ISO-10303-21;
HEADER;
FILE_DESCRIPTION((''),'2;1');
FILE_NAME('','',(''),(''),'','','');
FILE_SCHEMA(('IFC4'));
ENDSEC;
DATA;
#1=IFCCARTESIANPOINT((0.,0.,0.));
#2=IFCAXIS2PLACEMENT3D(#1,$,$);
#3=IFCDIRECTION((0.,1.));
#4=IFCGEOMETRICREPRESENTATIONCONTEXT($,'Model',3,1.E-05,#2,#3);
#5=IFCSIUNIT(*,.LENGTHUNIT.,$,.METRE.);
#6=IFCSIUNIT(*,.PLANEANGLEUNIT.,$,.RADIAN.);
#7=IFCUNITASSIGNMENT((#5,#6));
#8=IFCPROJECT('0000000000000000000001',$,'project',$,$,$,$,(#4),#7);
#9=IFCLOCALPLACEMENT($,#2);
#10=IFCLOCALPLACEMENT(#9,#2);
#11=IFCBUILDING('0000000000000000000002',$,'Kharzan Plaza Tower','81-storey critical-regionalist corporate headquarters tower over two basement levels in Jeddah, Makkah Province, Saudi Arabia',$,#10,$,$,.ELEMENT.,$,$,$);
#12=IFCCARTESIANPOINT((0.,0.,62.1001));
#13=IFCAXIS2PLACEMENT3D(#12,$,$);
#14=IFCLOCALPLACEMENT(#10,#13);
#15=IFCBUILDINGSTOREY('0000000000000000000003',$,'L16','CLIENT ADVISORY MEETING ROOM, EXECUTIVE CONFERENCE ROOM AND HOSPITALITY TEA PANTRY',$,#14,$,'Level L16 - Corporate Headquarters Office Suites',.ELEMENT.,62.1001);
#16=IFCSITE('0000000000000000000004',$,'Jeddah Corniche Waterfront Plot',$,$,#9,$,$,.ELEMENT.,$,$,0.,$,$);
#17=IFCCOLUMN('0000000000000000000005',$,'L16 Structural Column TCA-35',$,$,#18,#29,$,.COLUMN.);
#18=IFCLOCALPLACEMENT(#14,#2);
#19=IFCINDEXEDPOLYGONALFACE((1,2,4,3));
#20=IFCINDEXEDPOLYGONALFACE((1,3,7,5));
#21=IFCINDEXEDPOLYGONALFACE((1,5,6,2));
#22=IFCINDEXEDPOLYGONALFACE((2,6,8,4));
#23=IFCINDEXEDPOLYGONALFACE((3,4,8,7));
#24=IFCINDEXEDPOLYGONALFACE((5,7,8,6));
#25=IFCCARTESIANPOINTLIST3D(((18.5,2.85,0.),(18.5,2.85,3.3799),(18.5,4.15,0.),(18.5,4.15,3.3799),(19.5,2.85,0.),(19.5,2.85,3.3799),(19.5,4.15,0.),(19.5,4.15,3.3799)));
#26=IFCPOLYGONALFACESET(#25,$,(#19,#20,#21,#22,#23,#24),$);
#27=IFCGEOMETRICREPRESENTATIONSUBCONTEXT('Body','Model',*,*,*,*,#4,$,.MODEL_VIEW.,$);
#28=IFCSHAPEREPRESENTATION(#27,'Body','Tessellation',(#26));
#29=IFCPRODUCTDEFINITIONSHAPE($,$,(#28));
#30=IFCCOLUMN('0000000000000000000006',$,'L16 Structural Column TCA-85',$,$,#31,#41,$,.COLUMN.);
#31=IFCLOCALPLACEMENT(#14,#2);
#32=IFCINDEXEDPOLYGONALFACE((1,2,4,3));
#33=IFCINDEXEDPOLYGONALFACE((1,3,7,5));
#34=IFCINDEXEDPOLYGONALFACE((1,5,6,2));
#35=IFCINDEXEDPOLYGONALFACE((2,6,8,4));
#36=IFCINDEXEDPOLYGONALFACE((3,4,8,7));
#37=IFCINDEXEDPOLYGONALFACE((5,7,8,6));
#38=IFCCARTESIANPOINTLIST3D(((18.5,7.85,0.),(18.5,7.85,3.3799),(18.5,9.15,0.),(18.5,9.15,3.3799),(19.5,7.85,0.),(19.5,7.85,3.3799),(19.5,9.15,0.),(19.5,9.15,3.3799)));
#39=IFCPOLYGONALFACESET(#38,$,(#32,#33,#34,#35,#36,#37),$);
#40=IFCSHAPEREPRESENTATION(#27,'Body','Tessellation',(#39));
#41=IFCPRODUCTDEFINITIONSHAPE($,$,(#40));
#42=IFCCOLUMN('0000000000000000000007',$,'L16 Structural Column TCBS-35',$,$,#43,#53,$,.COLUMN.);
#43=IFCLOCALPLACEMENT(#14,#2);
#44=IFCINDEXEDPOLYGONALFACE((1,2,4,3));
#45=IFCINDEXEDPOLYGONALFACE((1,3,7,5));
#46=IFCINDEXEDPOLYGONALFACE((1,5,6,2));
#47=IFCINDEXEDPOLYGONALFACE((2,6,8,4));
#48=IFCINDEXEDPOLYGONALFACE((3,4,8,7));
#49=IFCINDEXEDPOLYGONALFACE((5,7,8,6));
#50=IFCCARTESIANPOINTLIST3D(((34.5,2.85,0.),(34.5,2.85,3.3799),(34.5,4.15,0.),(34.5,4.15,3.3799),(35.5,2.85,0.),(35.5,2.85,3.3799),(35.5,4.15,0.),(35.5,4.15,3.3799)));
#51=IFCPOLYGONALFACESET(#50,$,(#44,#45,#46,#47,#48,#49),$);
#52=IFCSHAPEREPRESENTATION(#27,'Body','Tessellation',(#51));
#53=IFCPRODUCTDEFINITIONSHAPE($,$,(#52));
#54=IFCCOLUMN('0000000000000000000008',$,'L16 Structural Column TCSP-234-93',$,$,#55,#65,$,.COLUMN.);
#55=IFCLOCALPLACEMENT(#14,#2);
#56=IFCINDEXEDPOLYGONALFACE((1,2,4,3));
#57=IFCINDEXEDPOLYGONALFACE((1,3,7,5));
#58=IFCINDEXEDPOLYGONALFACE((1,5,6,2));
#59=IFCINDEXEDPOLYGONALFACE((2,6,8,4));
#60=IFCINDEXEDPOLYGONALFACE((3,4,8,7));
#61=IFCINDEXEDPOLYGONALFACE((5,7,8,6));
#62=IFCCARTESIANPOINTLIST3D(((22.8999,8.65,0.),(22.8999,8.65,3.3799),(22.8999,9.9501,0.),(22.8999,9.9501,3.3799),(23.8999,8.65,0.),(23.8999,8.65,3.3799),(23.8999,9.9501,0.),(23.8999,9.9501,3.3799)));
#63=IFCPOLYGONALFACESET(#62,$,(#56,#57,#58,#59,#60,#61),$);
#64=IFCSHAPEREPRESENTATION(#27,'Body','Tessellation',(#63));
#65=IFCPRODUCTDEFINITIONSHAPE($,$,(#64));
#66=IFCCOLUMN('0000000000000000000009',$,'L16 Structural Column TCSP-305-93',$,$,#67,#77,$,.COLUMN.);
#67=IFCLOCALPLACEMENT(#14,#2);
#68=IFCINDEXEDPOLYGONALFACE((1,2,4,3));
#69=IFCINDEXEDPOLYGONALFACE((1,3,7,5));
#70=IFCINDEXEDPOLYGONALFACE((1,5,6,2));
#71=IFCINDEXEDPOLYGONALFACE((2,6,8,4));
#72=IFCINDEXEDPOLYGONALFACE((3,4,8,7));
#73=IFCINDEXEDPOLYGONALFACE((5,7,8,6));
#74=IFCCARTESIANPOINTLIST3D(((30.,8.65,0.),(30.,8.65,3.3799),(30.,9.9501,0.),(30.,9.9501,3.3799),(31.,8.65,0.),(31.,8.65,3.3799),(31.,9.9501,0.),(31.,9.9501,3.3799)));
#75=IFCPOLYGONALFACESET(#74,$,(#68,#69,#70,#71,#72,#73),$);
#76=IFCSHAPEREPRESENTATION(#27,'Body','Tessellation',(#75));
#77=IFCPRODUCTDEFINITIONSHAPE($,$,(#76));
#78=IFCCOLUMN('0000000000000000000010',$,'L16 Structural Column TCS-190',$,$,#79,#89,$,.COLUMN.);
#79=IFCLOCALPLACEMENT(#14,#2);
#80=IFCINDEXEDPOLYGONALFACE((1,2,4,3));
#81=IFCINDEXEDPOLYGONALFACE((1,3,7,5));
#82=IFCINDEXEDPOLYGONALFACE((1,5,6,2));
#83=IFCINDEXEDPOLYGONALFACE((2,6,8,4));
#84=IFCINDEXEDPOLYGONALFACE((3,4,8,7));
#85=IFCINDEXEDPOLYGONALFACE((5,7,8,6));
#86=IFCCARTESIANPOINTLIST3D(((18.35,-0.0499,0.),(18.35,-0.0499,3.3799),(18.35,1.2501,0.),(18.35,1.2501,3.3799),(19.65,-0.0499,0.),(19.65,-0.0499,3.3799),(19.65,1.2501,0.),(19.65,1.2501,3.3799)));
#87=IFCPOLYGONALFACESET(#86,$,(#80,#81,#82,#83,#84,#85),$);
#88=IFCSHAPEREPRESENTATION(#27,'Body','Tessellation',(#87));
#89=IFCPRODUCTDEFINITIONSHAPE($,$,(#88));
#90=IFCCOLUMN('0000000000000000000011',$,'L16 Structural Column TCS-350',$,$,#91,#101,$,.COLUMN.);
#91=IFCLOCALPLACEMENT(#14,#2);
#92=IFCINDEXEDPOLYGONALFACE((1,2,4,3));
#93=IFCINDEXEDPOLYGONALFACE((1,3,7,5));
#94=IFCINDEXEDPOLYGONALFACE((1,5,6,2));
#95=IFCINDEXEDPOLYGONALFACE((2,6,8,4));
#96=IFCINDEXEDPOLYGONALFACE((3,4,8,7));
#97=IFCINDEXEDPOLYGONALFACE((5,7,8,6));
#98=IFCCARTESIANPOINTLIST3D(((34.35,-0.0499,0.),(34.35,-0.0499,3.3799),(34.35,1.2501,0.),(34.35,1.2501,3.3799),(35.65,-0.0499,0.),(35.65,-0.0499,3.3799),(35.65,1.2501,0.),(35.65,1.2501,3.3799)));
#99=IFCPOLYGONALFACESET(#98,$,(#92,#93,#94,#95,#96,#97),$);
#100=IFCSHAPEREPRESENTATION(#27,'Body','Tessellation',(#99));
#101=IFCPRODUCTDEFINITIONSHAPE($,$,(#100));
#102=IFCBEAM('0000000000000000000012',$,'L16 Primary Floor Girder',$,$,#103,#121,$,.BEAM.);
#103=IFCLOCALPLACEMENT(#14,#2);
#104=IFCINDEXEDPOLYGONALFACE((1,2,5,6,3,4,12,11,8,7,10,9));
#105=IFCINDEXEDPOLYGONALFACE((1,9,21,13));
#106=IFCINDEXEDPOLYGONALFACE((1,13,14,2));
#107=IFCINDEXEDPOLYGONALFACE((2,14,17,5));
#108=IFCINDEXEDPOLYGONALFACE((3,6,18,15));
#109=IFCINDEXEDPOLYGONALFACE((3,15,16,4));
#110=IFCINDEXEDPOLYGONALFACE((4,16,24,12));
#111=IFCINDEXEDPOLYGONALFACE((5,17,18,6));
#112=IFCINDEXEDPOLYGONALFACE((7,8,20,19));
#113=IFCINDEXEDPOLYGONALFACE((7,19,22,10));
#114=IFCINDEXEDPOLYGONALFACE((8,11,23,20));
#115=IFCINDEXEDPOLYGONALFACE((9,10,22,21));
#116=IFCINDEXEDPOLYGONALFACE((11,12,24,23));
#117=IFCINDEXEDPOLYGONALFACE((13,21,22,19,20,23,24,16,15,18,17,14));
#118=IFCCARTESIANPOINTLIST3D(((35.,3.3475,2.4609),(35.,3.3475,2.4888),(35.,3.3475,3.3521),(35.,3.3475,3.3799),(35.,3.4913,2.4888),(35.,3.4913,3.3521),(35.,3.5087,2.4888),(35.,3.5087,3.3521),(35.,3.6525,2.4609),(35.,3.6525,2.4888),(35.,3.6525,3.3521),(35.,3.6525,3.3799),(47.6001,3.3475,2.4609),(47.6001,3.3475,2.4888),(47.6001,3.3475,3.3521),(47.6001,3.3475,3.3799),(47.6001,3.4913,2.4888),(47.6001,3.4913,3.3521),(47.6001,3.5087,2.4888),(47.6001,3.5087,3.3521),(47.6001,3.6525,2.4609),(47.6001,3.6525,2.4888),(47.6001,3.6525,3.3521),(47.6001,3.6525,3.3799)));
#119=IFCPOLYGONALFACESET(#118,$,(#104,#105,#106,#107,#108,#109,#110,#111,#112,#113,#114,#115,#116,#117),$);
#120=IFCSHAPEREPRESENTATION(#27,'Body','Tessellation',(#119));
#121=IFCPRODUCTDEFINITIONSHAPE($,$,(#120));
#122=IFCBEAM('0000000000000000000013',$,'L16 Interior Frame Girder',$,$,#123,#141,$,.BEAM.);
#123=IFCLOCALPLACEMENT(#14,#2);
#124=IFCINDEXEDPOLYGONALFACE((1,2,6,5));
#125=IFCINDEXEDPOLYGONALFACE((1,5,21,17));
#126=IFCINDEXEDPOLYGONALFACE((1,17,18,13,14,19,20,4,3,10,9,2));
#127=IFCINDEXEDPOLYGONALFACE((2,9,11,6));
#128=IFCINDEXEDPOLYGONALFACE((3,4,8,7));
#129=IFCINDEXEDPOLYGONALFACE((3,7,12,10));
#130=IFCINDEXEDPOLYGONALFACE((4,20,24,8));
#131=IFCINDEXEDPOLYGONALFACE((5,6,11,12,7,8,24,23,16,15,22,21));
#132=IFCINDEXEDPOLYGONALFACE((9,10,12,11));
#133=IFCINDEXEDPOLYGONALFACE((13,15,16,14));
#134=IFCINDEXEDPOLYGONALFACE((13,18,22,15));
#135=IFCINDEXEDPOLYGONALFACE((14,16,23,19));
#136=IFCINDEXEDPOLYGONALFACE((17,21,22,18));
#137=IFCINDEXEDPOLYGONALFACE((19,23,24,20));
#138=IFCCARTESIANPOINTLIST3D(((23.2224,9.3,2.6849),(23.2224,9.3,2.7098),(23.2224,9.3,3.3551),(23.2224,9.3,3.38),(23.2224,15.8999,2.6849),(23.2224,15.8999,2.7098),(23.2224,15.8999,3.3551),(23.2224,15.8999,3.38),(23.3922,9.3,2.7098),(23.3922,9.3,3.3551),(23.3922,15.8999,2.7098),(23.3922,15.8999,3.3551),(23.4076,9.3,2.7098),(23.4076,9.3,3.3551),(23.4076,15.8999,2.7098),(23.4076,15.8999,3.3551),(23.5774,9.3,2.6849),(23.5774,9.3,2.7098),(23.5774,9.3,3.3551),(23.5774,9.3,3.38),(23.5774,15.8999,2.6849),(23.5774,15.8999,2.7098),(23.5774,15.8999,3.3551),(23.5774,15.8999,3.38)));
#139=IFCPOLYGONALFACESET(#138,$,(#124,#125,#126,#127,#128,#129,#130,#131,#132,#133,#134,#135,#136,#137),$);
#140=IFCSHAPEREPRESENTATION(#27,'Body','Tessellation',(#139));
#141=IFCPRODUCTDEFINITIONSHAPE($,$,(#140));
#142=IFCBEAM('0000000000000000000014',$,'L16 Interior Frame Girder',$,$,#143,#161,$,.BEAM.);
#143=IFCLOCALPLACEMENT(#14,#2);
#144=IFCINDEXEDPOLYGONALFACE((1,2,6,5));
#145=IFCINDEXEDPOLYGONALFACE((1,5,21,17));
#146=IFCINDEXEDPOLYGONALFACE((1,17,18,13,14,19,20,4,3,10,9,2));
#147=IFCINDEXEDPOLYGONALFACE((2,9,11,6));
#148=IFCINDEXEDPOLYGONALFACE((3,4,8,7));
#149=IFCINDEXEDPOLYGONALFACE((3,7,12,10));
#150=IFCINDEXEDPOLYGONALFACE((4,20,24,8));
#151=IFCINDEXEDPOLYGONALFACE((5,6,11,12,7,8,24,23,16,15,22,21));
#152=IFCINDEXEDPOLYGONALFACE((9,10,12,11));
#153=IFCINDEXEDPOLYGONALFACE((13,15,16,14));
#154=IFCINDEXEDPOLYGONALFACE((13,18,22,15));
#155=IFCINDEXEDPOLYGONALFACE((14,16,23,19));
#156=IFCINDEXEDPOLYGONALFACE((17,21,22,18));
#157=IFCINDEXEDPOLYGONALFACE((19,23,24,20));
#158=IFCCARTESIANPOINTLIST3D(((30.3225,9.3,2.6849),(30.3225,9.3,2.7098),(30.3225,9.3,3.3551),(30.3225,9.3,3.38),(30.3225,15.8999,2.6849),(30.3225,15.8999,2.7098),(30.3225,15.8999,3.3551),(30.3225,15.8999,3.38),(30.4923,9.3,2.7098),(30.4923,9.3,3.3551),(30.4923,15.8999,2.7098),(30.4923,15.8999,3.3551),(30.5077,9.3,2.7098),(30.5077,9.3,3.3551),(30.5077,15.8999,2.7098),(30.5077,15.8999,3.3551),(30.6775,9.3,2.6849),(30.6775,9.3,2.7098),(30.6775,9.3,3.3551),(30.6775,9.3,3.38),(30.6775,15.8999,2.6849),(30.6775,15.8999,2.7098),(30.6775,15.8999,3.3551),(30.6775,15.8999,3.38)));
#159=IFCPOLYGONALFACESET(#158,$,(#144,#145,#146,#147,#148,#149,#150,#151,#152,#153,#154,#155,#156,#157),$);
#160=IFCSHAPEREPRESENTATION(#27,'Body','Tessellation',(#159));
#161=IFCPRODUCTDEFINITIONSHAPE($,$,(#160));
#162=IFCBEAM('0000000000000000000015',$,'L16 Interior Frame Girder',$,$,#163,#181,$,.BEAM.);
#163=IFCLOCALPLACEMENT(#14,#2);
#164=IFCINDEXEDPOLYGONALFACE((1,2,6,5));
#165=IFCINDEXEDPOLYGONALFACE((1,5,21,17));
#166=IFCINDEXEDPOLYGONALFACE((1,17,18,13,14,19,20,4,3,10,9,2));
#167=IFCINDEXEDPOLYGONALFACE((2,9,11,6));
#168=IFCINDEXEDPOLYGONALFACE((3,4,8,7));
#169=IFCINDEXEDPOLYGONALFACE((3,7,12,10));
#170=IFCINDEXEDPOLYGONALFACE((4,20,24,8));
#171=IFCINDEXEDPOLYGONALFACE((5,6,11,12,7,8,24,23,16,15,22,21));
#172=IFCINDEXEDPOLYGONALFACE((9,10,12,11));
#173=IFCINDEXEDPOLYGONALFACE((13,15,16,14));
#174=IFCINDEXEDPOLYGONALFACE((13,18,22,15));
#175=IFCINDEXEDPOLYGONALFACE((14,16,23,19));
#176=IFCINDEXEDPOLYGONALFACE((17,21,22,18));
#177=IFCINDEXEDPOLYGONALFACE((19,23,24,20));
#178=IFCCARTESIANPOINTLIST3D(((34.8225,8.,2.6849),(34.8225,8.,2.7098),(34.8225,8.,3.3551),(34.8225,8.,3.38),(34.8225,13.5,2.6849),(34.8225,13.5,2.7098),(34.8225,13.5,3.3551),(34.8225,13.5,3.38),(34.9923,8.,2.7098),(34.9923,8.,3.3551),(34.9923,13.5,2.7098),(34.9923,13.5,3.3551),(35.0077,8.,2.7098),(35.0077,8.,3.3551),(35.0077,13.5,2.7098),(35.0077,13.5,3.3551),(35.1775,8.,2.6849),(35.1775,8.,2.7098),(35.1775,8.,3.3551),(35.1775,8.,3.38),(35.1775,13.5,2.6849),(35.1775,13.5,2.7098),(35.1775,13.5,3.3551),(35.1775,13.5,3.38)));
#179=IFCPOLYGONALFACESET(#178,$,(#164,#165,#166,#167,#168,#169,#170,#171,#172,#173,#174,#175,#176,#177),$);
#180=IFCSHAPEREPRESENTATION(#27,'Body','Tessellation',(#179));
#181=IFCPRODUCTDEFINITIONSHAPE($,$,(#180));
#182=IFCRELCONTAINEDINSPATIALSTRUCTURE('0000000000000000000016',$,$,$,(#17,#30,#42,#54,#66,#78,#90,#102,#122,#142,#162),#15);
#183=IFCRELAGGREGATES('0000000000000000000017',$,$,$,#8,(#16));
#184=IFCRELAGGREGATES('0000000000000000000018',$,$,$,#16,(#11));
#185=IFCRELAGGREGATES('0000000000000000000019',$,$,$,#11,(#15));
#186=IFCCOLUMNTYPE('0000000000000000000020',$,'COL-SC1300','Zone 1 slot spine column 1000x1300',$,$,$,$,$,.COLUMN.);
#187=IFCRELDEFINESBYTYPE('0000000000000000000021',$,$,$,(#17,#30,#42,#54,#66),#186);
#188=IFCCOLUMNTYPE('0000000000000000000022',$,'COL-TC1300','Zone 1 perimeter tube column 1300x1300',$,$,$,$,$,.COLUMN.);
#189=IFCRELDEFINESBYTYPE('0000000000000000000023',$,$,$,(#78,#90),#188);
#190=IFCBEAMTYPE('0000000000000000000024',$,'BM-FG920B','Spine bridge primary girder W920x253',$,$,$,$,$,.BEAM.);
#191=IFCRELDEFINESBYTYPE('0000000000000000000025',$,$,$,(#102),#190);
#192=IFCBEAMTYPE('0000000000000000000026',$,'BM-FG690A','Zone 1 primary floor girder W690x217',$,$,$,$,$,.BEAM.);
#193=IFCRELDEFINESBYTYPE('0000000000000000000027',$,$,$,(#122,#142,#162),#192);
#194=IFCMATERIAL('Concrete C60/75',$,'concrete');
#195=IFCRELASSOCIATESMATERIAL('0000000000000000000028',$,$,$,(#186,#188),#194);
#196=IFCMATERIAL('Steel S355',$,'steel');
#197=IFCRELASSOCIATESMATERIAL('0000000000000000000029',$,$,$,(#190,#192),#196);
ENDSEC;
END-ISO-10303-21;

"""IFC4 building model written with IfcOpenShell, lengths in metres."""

from ifc_helpers import new_model, si_unit, direction, frame, origin, origin_2d, place, context, subcontext, project, spatial, rectangle, i_section, extrude, source, transform, mapped, material, material_profile, profile_set, type_object, element, save


model = new_model("IFC4")

# Units and contexts
model_context = context("Model", 3, precision=1e-05, world=origin(), true_north=direction((0.0, 1.0)))
body_context = subcontext(model_context, "Body", "Model", "MODEL_VIEW")
ifc_project = project(units=[si_unit("LENGTHUNIT", "METRE"), si_unit("PLANEANGLEUNIT", "RADIAN")], contexts=[model_context])

# Site, building, storey
site_placement = place(None, origin())
site = spatial("IfcSite", under=ifc_project, at=site_placement, Name="Jeddah Corniche Waterfront Plot", CompositionType="ELEMENT", RefElevation=0.0)
building_placement = place(site_placement, origin())
building = spatial("IfcBuilding", under=site, at=building_placement, Name="Kharzan Plaza Tower", Description="81-storey critical-regionalist corporate headquarters tower over two basement levels in Jeddah, Makkah Province, Saudi Arabia", CompositionType="ELEMENT")
storey_placement = place(building_placement, frame((0.0, 0.0, 62.1001)))
storey = spatial("IfcBuildingStorey", under=building, at=storey_placement, Name="L16", Description="CLIENT ADVISORY MEETING ROOM, EXECUTIVE CONFERENCE ROOM AND HOSPITALITY TEA PANTRY", LongName="Level L16 - Corporate Headquarters Office Suites", CompositionType="ELEMENT", Elevation=62.1001)

# Columns
ifc_material_1 = material(Name="Concrete C60/75", Category="concrete")
ifc_material_profile_1 = material_profile(ifc_material_1, rectangle(XDim=1.0, YDim=1.3, at=origin_2d()), Name="RC-SC1300x1000")
ifc_profile_set_1 = profile_set([ifc_material_profile_1], Name="Concrete C60/75")
column_type_1 = type_object("IfcColumnType", Name="COL-SC1300", Description="Zone 1 slot spine column 1000x1300", PredefinedType="COLUMN", material=ifc_profile_set_1)
shared_shape_1 = source(origin(), body_context, "Body", "SweptSolid", [
    extrude(rectangle(XDim=1.0, YDim=1.3, at=origin_2d()), origin(), (0.0, 0.0, 1.0), 3.3799),
])
for number, where, z_axis, x_axis, name in (
    (1, (19.0, 3.5, 0.0), (0.0, 0.0, 1.0), (1.0, 0.0, 0.0), "L16 Structural Column TCA-35"),
    (2, (19.0, 8.5, 0.0), (0.0, 0.0, 1.0), (1.0, 0.0, 0.0), "L16 Structural Column TCA-85"),
    (3, (35.0, 3.5, 0.0), (0.0, 0.0, 1.0), (1.0, 0.0, 0.0), "L16 Structural Column TCBS-35"),
    (4, (23.3999, 9.3, 0.0), (0.0, 0.0, 1.0), (1.0, 0.0, 0.0), "L16 Structural Column TCSP-234-93"),
    (5, (30.5, 9.3, 0.0), (0.0, 0.0, 1.0), (1.0, 0.0, 0.0), "L16 Structural Column TCSP-305-93"),
):
    element("IfcColumn", number, at=place(storey_placement, frame(where, z_axis=z_axis, x_axis=x_axis)), inside=storey, type_object=column_type_1, Name=name, PredefinedType="COLUMN", context=body_context, shape_type="MappedRepresentation", body=[
        mapped(shared_shape_1, transform((0.0, 0.0, 0.0), x_axis=(1.0, 0.0, 0.0), y_axis=(0.0, 1.0, 0.0), z_axis=(0.0, 0.0, 1.0))),
    ])
ifc_material_profile_2 = material_profile(ifc_material_1, rectangle(XDim=1.3, YDim=1.3, at=origin_2d()), Name="RC-TC1300x1300")
ifc_profile_set_2 = profile_set([ifc_material_profile_2], Name="Concrete C60/75")
column_type_2 = type_object("IfcColumnType", Name="COL-TC1300", Description="Zone 1 perimeter tube column 1300x1300", PredefinedType="COLUMN", material=ifc_profile_set_2)
shared_shape_2 = source(origin(), body_context, "Body", "SweptSolid", [
    extrude(rectangle(XDim=1.3, YDim=1.3, at=origin_2d()), origin(), (0.0, 0.0, 1.0), 3.3799),
])
for number, where, z_axis, x_axis, name in (
    (6, (19.0, 0.6001, 0.0), (0.0, 0.0, 1.0), (1.0, 0.0, 0.0), "L16 Structural Column TCS-190"),
    (7, (35.0, 0.6001, 0.0), (0.0, 0.0, 1.0), (1.0, 0.0, 0.0), "L16 Structural Column TCS-350"),
):
    element("IfcColumn", number, at=place(storey_placement, frame(where, z_axis=z_axis, x_axis=x_axis)), inside=storey, type_object=column_type_2, Name=name, PredefinedType="COLUMN", context=body_context, shape_type="MappedRepresentation", body=[
        mapped(shared_shape_2, transform((0.0, 0.0, 0.0), x_axis=(1.0, 0.0, 0.0), y_axis=(0.0, 1.0, 0.0), z_axis=(0.0, 0.0, 1.0))),
    ])

# Beams
ifc_material_2 = material(Name="Steel S355", Category="steel")
ifc_material_profile_3 = material_profile(ifc_material_2, i_section(OverallWidth=0.3049, OverallDepth=0.9189, WebThickness=0.0173, FlangeThickness=0.0278, at=origin_2d()), Name="W920x253")
ifc_profile_set_3 = profile_set([ifc_material_profile_3], Name="Steel S355")
beam_type_1 = type_object("IfcBeamType", Name="BM-FG920B", Description="Spine bridge primary girder W920x253", PredefinedType="BEAM", material=ifc_profile_set_3)
shared_shape_3 = source(origin(), body_context, "Body", "SweptSolid", [
    extrude(i_section(OverallWidth=0.3049, OverallDepth=0.9189, WebThickness=0.0173, FlangeThickness=0.0278, at=origin_2d()), origin(), (0.0, 0.0, 1.0), 12.6001),
])
beam_1_placement = place(storey_placement, frame((35.0, 3.5, 2.9204), z_axis=(1.0, 0.0, 0.0), x_axis=(0.0, 1.0, 0.0)))
element("IfcBeam", 8, at=beam_1_placement, inside=storey, type_object=beam_type_1, Name="L16 Primary Floor Girder", PredefinedType="BEAM", context=body_context, shape_type="MappedRepresentation", body=[
    mapped(shared_shape_3, transform((0.0, 0.0, 0.0), x_axis=(1.0, 0.0, 0.0), y_axis=(0.0, 1.0, 0.0), z_axis=(0.0, 0.0, 1.0))),
])
ifc_material_profile_4 = material_profile(ifc_material_2, i_section(OverallWidth=0.355, OverallDepth=0.6951, WebThickness=0.0154, FlangeThickness=0.0249, at=origin_2d()), Name="W690x217")
ifc_profile_set_4 = profile_set([ifc_material_profile_4], Name="Steel S355")
beam_type_2 = type_object("IfcBeamType", Name="BM-FG690A", Description="Zone 1 primary floor girder W690x217", PredefinedType="BEAM", material=ifc_profile_set_4)
shared_shape_4 = source(origin(), body_context, "Body", "SweptSolid", [
    extrude(i_section(OverallWidth=0.355, OverallDepth=0.6951, WebThickness=0.0154, FlangeThickness=0.0249, at=origin_2d()), origin(), (0.0, 0.0, 1.0), 6.5999),
])
for number, where, z_axis, x_axis, name in (
    (9, (23.3999, 9.3, 3.0325), (0.0, 1.0, 0.0), (-1.0, 0.0, 0.0), "L16 Interior Frame Girder"),
    (10, (30.5, 9.3, 3.0325), (0.0, 1.0, 0.0), (-1.0, 0.0, 0.0), "L16 Interior Frame Girder"),
):
    element("IfcBeam", number, at=place(storey_placement, frame(where, z_axis=z_axis, x_axis=x_axis)), inside=storey, type_object=beam_type_2, Name=name, PredefinedType="BEAM", context=body_context, shape_type="MappedRepresentation", body=[
        mapped(shared_shape_4, transform((0.0, 0.0, 0.0), x_axis=(1.0, 0.0, 0.0), y_axis=(0.0, 1.0, 0.0), z_axis=(0.0, 0.0, 1.0))),
    ])
shared_shape_5 = source(origin(), body_context, "Body", "SweptSolid", [
    extrude(i_section(OverallWidth=0.355, OverallDepth=0.6951, WebThickness=0.0154, FlangeThickness=0.0249, at=origin_2d()), origin(), (0.0, 0.0, 1.0), 5.5),
])
beam_2_placement = place(storey_placement, frame((35.0, 8.0, 3.0325), z_axis=(0.0, 1.0, 0.0), x_axis=(-1.0, 0.0, 0.0)))
element("IfcBeam", 11, at=beam_2_placement, inside=storey, type_object=beam_type_2, Name="L16 Interior Frame Girder", PredefinedType="BEAM", context=body_context, shape_type="MappedRepresentation", body=[
    mapped(shared_shape_5, transform((0.0, 0.0, 0.0), x_axis=(1.0, 0.0, 0.0), y_axis=(0.0, 1.0, 0.0), z_axis=(0.0, 0.0, 1.0))),
])

save(model, "model.ifc")
